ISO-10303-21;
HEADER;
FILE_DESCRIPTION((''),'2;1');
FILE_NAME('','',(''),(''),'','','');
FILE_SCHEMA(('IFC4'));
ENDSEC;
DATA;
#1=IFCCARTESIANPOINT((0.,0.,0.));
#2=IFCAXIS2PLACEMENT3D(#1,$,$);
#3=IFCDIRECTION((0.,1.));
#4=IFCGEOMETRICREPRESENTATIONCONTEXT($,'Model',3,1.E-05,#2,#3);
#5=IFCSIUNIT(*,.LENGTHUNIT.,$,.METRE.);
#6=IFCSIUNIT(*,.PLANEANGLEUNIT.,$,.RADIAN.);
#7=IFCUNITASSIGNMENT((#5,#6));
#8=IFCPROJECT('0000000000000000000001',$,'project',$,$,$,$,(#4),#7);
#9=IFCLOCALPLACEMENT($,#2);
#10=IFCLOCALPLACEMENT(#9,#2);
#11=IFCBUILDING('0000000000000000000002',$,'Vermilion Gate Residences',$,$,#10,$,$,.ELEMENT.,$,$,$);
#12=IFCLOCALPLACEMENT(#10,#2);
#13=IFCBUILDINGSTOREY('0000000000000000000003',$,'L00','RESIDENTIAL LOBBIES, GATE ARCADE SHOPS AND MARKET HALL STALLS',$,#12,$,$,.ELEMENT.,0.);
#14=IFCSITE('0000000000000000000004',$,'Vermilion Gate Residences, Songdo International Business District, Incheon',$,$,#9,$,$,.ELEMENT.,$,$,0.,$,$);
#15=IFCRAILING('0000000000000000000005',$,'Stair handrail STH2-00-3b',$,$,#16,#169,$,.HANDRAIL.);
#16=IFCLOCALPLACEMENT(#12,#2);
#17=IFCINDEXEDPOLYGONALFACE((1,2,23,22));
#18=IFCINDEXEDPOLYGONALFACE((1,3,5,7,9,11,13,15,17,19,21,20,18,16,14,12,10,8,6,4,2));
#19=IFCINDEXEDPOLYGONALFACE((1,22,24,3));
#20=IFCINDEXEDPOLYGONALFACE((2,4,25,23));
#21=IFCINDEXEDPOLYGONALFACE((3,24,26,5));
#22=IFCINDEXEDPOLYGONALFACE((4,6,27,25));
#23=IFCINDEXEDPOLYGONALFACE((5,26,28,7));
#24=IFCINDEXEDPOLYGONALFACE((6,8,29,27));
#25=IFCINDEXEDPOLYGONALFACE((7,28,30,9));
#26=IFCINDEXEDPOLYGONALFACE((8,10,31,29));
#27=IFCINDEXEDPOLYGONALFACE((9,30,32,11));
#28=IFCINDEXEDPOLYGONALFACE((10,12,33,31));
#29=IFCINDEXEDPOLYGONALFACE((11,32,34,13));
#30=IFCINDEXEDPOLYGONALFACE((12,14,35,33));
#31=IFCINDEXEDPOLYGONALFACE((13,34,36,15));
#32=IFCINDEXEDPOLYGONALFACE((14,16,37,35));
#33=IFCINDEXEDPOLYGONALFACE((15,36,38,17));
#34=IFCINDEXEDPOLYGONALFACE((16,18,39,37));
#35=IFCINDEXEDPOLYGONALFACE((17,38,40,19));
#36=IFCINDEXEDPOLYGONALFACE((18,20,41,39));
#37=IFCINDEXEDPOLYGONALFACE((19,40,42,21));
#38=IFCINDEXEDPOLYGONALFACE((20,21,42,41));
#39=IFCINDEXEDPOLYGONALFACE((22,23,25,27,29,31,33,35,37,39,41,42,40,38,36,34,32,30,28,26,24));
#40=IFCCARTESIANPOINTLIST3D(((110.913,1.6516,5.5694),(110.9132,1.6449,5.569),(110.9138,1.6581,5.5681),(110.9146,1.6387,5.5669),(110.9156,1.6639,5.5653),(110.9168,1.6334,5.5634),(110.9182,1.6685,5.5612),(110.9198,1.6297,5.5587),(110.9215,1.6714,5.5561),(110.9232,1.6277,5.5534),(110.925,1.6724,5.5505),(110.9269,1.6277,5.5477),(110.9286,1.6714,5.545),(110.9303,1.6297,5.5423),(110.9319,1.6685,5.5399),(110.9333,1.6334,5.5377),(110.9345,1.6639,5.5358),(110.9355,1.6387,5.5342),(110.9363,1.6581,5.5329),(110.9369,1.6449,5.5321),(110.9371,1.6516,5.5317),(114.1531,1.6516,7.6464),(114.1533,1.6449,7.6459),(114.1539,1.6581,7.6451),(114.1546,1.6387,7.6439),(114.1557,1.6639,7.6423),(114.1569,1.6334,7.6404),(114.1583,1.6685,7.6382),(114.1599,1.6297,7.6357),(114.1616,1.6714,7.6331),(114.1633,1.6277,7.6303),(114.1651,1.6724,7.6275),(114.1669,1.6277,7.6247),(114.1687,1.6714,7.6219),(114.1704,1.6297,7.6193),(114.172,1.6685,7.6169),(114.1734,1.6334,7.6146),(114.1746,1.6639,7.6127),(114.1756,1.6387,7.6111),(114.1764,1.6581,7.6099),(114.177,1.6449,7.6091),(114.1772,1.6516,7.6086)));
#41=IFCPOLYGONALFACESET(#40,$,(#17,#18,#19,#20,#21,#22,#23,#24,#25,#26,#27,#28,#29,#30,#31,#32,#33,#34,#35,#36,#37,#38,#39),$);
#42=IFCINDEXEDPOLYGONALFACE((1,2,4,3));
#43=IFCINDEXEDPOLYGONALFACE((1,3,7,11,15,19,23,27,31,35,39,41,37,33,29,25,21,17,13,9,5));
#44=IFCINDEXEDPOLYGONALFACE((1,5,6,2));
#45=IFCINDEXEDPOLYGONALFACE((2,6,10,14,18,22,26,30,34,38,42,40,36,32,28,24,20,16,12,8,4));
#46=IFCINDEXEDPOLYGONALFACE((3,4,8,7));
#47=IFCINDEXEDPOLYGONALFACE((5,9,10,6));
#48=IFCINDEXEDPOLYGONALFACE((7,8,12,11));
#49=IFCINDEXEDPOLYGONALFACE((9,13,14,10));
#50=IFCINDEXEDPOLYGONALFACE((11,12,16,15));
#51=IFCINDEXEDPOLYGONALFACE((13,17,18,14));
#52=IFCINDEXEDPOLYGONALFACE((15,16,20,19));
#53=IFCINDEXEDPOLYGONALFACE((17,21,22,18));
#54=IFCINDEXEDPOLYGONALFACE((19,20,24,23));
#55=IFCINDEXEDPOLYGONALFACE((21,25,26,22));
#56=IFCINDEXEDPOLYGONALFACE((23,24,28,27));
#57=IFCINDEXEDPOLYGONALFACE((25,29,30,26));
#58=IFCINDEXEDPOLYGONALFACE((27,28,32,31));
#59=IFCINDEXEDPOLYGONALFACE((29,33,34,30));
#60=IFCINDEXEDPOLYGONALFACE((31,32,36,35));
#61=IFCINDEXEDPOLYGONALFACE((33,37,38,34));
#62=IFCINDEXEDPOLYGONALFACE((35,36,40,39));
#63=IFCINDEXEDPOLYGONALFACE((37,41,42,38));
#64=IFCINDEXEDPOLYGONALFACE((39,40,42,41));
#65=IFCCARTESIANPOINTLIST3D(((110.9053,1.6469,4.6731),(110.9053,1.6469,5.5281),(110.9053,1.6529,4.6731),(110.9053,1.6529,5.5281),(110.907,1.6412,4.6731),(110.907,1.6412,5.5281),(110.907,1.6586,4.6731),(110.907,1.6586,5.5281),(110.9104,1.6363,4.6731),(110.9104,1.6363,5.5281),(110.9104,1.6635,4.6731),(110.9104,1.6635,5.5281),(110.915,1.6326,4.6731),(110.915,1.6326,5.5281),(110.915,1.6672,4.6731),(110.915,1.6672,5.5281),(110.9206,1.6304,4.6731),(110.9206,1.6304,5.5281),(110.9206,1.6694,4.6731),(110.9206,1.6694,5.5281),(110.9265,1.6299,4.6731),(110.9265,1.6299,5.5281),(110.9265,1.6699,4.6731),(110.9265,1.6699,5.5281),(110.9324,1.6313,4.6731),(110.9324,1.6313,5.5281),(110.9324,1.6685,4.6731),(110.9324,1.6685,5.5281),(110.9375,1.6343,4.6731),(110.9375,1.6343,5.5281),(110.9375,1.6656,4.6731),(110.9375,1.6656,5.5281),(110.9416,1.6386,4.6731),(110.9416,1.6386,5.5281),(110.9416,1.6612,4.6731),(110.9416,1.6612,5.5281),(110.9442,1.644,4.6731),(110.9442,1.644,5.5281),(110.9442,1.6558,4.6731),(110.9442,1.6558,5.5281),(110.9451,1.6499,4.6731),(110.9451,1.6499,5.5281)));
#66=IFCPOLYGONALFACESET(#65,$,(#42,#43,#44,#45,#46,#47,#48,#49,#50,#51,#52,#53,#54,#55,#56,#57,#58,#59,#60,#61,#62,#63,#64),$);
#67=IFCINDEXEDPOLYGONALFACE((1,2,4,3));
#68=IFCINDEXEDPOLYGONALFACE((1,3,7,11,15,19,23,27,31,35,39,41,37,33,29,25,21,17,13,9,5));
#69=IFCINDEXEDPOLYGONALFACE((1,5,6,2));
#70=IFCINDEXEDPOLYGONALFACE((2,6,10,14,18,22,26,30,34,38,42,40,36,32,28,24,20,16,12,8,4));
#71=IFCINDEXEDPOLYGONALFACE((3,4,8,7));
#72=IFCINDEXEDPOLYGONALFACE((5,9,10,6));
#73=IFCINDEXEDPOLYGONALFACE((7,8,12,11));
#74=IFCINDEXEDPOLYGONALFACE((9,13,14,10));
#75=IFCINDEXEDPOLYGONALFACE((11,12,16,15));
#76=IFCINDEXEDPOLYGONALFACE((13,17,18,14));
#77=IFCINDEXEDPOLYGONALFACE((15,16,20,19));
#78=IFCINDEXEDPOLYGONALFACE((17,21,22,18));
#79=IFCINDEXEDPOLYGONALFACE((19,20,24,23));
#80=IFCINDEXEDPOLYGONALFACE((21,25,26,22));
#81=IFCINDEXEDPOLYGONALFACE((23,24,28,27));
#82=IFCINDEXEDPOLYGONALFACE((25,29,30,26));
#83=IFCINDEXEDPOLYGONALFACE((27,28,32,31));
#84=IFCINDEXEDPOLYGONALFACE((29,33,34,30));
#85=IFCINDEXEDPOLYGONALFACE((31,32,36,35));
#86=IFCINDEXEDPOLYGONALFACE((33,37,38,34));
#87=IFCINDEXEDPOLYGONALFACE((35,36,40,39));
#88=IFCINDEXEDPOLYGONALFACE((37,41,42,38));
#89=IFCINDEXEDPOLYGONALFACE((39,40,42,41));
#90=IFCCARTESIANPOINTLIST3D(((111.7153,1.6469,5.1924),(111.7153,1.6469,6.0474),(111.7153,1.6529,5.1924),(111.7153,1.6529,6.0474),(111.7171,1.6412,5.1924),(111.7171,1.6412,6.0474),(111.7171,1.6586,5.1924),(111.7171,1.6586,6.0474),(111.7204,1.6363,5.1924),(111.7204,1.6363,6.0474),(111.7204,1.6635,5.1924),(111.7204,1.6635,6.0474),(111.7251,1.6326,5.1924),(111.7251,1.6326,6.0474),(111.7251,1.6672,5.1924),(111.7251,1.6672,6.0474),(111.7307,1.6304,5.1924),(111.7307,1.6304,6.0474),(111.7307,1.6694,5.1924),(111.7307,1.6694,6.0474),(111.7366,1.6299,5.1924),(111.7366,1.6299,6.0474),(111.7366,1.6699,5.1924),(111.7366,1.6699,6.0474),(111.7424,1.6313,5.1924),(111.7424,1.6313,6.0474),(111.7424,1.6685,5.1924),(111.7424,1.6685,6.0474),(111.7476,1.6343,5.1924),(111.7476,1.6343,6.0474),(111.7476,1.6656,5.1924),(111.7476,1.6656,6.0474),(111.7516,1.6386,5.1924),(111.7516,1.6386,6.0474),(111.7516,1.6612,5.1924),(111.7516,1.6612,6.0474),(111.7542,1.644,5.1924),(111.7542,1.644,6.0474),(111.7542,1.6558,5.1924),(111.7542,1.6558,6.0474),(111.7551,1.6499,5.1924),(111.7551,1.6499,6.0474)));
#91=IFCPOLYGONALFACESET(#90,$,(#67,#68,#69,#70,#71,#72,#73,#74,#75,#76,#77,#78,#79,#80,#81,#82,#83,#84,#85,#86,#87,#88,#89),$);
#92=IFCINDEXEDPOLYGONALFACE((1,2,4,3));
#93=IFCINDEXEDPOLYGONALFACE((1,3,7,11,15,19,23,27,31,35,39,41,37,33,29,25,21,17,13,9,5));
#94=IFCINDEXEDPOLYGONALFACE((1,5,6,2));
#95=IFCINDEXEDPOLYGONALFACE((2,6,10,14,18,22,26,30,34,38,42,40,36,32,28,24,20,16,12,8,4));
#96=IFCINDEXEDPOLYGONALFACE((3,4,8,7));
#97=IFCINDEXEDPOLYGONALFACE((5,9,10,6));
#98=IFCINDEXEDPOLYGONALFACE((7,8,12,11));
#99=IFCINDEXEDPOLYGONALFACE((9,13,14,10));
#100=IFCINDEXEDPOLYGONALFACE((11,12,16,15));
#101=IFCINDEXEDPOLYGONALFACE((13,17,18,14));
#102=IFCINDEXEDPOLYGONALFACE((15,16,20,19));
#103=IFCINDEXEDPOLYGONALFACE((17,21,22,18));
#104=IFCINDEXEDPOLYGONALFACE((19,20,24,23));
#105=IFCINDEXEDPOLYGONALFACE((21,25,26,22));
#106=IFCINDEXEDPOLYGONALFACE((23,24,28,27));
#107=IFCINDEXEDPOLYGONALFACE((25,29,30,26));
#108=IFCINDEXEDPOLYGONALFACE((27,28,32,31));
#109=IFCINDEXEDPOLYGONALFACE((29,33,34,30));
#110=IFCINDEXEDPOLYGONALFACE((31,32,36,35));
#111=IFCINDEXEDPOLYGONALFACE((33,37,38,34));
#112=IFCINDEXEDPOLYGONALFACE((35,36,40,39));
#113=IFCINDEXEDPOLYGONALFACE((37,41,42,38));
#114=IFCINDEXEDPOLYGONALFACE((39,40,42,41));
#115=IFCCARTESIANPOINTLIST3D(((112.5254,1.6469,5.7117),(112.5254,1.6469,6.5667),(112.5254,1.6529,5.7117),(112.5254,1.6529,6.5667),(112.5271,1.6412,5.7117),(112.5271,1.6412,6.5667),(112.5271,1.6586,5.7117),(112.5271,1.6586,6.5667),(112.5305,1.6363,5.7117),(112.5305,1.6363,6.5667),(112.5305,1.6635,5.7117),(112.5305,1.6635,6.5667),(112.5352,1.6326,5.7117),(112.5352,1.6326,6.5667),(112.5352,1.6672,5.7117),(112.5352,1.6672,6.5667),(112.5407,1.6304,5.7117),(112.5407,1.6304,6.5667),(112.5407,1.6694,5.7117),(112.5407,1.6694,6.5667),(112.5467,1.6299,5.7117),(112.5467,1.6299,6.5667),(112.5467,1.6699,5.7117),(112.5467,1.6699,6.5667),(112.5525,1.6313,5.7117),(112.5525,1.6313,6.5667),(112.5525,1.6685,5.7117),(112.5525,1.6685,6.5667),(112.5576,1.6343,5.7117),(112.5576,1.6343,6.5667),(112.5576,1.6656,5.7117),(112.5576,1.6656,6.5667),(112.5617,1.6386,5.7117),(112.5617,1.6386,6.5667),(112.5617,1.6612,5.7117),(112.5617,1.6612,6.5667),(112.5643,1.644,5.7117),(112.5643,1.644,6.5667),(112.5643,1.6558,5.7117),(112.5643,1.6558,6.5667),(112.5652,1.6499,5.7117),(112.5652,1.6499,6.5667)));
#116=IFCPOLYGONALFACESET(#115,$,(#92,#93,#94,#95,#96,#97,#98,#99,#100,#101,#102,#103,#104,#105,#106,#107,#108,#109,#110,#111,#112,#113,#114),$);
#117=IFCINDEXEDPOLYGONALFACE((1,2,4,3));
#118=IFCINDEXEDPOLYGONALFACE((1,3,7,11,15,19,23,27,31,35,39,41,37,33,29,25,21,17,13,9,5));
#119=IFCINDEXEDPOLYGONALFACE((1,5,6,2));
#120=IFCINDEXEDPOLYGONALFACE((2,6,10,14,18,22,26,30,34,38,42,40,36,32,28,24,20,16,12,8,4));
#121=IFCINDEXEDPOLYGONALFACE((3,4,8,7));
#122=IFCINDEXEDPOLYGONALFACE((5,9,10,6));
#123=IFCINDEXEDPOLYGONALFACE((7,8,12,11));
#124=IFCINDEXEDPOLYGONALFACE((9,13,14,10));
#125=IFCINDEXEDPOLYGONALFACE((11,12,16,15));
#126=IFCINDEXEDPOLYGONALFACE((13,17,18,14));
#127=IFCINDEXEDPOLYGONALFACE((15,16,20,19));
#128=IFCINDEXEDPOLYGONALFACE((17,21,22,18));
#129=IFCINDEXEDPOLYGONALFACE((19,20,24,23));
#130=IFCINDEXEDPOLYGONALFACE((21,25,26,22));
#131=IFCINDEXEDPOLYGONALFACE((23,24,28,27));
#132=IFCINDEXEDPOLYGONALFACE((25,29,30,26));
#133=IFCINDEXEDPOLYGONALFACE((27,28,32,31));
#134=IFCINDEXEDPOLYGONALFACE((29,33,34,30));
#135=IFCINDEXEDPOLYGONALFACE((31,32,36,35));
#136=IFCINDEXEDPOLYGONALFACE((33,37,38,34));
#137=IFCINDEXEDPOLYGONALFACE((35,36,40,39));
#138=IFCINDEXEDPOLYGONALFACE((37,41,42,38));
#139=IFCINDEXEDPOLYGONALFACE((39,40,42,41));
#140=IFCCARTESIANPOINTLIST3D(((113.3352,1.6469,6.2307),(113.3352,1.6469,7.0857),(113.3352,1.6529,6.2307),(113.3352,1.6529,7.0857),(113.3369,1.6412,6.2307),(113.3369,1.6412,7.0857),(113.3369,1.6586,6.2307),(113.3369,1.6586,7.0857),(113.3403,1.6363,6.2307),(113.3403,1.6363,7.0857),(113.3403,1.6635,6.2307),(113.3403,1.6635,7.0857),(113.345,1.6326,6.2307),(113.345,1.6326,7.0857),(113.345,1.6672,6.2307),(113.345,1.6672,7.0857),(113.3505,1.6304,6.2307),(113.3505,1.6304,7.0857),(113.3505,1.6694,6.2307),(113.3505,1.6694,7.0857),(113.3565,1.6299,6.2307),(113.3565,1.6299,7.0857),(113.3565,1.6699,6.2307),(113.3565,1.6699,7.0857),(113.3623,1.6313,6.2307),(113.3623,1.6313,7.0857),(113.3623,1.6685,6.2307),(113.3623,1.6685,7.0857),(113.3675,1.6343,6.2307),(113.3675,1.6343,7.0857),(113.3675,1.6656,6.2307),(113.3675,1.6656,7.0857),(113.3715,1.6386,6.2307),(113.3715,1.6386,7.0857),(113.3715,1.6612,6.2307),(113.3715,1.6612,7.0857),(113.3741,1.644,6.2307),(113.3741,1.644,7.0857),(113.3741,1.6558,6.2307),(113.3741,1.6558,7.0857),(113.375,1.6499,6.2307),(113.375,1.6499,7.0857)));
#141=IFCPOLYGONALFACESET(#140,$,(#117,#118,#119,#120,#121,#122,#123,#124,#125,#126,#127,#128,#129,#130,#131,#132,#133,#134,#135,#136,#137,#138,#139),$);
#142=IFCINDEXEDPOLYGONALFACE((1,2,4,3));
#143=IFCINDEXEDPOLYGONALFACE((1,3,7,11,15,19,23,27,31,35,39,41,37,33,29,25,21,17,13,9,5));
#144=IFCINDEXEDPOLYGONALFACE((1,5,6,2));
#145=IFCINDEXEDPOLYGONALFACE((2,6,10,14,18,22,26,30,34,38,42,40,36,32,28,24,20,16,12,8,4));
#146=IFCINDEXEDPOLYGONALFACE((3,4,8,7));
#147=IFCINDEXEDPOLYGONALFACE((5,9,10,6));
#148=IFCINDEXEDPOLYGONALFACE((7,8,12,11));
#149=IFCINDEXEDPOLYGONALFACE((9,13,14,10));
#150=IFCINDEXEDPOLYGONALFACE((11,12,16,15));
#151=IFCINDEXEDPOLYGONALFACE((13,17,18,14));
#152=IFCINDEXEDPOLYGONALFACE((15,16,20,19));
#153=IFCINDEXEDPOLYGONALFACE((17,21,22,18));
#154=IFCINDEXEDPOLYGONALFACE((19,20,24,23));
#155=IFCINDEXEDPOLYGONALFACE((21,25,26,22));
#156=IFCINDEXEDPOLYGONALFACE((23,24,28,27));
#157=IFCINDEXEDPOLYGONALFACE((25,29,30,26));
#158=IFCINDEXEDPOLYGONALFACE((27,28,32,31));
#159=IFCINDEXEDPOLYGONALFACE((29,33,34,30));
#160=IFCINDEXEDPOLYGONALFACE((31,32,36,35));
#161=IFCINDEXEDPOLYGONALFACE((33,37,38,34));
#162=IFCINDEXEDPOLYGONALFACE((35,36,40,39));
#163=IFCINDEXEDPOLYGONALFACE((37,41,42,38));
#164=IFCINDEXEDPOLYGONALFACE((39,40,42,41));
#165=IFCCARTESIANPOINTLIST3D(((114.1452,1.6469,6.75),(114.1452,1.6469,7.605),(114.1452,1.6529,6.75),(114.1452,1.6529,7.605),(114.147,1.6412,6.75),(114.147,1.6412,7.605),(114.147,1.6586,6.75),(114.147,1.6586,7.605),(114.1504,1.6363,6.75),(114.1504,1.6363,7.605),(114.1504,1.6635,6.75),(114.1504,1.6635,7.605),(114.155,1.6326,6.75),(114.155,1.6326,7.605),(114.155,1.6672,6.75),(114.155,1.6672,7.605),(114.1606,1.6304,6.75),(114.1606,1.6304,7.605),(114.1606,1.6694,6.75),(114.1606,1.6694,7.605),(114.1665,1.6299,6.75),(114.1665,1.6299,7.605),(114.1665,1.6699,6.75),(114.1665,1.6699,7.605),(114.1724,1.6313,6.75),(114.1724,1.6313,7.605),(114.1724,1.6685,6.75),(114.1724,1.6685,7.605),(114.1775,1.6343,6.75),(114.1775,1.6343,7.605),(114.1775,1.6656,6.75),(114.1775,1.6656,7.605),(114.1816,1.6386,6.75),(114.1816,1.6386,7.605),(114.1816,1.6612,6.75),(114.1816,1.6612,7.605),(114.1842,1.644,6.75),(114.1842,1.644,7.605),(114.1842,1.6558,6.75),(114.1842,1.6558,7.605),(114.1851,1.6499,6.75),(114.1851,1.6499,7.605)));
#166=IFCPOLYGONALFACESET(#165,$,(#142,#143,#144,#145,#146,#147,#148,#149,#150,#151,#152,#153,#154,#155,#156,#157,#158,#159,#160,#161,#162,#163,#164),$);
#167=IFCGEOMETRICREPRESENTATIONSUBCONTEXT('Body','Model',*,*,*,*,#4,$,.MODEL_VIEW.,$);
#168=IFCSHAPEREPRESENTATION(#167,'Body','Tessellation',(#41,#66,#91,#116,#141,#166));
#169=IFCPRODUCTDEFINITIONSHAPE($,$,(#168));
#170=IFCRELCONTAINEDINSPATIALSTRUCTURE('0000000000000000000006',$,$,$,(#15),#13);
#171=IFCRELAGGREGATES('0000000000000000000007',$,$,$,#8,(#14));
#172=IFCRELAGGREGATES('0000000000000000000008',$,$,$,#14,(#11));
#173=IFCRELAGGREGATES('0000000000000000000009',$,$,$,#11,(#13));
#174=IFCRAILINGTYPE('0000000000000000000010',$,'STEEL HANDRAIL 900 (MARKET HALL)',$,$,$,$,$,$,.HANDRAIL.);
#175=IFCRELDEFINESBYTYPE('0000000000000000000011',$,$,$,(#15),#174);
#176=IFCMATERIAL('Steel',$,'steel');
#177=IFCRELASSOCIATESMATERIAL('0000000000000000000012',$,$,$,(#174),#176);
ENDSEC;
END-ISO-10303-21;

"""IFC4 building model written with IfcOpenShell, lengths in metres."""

from ifc_helpers import new_model, si_unit, direction, frame, origin, origin_2d, place, context, subcontext, project, spatial, circle, extrude, material, type_object, element, save


model = new_model("IFC4")

# Units and contexts
model_context = context("Model", 3, precision=1e-05, world=origin(), true_north=direction((0.0, 1.0)))
body_context = subcontext(model_context, "Body", "Model", "MODEL_VIEW")
ifc_project = project(units=[si_unit("LENGTHUNIT", "METRE"), si_unit("PLANEANGLEUNIT", "RADIAN")], contexts=[model_context])

# Site, building, storey
site_placement = place(None, origin())
site = spatial("IfcSite", under=ifc_project, at=site_placement, Name="Vermilion Gate Residences, Songdo International Business District, Incheon", CompositionType="ELEMENT", RefElevation=0.0)
building_placement = place(site_placement, origin())
building = spatial("IfcBuilding", under=site, at=building_placement, Name="Vermilion Gate Residences", CompositionType="ELEMENT")
storey_placement = place(building_placement, origin())
storey = spatial("IfcBuildingStorey", under=building, at=storey_placement, Name="L00", Description="RESIDENTIAL LOBBIES, GATE ARCADE SHOPS AND MARKET HALL STALLS", CompositionType="ELEMENT", Elevation=0.0)

# Railing
ifc_material_1 = material(Name="Steel", Category="steel")
railing_type = type_object("IfcRailingType", Name="STEEL HANDRAIL 900 (MARKET HALL)", PredefinedType="HANDRAIL", material=ifc_material_1)
for number, where, name in (
    (1, (110.925, 1.6499, 4.6731), "Stair handrail STH2-00-3b"),
):
    element("IfcRailing", number, at=place(storey_placement, frame(where)), inside=storey, type_object=railing_type, Name=name, PredefinedType="HANDRAIL", context=body_context, shape_type="SweptSolid", body=[
        extrude(circle(Radius=0.0225, at=origin_2d()), frame((0.0, 0.0, 0.8774), z_axis=(0.841881, 0.0, 0.539664), x_axis=(0.0, 1.0, 0.0)), (0.0, 0.0, 1.0), 3.8486),
        extrude(circle(Radius=0.02, at=origin_2d()), origin(), (0.0, 0.0, 1.0), 0.855),
        extrude(circle(Radius=0.02, at=origin_2d()), frame((0.8101, 0.0, 0.5193)), (0.0, 0.0, 1.0), 0.855),
        extrude(circle(Radius=0.02, at=origin_2d()), frame((1.6201, 0.0, 1.0386)), (0.0, 0.0, 1.0), 0.855),
        extrude(circle(Radius=0.02, at=origin_2d()), frame((2.4299, 0.0, 1.5576)), (0.0, 0.0, 1.0), 0.855),
        extrude(circle(Radius=0.02, at=origin_2d()), frame((3.24, 0.0, 2.0769)), (0.0, 0.0, 1.0), 0.855),
    ])

save(model, "model.ifc")
